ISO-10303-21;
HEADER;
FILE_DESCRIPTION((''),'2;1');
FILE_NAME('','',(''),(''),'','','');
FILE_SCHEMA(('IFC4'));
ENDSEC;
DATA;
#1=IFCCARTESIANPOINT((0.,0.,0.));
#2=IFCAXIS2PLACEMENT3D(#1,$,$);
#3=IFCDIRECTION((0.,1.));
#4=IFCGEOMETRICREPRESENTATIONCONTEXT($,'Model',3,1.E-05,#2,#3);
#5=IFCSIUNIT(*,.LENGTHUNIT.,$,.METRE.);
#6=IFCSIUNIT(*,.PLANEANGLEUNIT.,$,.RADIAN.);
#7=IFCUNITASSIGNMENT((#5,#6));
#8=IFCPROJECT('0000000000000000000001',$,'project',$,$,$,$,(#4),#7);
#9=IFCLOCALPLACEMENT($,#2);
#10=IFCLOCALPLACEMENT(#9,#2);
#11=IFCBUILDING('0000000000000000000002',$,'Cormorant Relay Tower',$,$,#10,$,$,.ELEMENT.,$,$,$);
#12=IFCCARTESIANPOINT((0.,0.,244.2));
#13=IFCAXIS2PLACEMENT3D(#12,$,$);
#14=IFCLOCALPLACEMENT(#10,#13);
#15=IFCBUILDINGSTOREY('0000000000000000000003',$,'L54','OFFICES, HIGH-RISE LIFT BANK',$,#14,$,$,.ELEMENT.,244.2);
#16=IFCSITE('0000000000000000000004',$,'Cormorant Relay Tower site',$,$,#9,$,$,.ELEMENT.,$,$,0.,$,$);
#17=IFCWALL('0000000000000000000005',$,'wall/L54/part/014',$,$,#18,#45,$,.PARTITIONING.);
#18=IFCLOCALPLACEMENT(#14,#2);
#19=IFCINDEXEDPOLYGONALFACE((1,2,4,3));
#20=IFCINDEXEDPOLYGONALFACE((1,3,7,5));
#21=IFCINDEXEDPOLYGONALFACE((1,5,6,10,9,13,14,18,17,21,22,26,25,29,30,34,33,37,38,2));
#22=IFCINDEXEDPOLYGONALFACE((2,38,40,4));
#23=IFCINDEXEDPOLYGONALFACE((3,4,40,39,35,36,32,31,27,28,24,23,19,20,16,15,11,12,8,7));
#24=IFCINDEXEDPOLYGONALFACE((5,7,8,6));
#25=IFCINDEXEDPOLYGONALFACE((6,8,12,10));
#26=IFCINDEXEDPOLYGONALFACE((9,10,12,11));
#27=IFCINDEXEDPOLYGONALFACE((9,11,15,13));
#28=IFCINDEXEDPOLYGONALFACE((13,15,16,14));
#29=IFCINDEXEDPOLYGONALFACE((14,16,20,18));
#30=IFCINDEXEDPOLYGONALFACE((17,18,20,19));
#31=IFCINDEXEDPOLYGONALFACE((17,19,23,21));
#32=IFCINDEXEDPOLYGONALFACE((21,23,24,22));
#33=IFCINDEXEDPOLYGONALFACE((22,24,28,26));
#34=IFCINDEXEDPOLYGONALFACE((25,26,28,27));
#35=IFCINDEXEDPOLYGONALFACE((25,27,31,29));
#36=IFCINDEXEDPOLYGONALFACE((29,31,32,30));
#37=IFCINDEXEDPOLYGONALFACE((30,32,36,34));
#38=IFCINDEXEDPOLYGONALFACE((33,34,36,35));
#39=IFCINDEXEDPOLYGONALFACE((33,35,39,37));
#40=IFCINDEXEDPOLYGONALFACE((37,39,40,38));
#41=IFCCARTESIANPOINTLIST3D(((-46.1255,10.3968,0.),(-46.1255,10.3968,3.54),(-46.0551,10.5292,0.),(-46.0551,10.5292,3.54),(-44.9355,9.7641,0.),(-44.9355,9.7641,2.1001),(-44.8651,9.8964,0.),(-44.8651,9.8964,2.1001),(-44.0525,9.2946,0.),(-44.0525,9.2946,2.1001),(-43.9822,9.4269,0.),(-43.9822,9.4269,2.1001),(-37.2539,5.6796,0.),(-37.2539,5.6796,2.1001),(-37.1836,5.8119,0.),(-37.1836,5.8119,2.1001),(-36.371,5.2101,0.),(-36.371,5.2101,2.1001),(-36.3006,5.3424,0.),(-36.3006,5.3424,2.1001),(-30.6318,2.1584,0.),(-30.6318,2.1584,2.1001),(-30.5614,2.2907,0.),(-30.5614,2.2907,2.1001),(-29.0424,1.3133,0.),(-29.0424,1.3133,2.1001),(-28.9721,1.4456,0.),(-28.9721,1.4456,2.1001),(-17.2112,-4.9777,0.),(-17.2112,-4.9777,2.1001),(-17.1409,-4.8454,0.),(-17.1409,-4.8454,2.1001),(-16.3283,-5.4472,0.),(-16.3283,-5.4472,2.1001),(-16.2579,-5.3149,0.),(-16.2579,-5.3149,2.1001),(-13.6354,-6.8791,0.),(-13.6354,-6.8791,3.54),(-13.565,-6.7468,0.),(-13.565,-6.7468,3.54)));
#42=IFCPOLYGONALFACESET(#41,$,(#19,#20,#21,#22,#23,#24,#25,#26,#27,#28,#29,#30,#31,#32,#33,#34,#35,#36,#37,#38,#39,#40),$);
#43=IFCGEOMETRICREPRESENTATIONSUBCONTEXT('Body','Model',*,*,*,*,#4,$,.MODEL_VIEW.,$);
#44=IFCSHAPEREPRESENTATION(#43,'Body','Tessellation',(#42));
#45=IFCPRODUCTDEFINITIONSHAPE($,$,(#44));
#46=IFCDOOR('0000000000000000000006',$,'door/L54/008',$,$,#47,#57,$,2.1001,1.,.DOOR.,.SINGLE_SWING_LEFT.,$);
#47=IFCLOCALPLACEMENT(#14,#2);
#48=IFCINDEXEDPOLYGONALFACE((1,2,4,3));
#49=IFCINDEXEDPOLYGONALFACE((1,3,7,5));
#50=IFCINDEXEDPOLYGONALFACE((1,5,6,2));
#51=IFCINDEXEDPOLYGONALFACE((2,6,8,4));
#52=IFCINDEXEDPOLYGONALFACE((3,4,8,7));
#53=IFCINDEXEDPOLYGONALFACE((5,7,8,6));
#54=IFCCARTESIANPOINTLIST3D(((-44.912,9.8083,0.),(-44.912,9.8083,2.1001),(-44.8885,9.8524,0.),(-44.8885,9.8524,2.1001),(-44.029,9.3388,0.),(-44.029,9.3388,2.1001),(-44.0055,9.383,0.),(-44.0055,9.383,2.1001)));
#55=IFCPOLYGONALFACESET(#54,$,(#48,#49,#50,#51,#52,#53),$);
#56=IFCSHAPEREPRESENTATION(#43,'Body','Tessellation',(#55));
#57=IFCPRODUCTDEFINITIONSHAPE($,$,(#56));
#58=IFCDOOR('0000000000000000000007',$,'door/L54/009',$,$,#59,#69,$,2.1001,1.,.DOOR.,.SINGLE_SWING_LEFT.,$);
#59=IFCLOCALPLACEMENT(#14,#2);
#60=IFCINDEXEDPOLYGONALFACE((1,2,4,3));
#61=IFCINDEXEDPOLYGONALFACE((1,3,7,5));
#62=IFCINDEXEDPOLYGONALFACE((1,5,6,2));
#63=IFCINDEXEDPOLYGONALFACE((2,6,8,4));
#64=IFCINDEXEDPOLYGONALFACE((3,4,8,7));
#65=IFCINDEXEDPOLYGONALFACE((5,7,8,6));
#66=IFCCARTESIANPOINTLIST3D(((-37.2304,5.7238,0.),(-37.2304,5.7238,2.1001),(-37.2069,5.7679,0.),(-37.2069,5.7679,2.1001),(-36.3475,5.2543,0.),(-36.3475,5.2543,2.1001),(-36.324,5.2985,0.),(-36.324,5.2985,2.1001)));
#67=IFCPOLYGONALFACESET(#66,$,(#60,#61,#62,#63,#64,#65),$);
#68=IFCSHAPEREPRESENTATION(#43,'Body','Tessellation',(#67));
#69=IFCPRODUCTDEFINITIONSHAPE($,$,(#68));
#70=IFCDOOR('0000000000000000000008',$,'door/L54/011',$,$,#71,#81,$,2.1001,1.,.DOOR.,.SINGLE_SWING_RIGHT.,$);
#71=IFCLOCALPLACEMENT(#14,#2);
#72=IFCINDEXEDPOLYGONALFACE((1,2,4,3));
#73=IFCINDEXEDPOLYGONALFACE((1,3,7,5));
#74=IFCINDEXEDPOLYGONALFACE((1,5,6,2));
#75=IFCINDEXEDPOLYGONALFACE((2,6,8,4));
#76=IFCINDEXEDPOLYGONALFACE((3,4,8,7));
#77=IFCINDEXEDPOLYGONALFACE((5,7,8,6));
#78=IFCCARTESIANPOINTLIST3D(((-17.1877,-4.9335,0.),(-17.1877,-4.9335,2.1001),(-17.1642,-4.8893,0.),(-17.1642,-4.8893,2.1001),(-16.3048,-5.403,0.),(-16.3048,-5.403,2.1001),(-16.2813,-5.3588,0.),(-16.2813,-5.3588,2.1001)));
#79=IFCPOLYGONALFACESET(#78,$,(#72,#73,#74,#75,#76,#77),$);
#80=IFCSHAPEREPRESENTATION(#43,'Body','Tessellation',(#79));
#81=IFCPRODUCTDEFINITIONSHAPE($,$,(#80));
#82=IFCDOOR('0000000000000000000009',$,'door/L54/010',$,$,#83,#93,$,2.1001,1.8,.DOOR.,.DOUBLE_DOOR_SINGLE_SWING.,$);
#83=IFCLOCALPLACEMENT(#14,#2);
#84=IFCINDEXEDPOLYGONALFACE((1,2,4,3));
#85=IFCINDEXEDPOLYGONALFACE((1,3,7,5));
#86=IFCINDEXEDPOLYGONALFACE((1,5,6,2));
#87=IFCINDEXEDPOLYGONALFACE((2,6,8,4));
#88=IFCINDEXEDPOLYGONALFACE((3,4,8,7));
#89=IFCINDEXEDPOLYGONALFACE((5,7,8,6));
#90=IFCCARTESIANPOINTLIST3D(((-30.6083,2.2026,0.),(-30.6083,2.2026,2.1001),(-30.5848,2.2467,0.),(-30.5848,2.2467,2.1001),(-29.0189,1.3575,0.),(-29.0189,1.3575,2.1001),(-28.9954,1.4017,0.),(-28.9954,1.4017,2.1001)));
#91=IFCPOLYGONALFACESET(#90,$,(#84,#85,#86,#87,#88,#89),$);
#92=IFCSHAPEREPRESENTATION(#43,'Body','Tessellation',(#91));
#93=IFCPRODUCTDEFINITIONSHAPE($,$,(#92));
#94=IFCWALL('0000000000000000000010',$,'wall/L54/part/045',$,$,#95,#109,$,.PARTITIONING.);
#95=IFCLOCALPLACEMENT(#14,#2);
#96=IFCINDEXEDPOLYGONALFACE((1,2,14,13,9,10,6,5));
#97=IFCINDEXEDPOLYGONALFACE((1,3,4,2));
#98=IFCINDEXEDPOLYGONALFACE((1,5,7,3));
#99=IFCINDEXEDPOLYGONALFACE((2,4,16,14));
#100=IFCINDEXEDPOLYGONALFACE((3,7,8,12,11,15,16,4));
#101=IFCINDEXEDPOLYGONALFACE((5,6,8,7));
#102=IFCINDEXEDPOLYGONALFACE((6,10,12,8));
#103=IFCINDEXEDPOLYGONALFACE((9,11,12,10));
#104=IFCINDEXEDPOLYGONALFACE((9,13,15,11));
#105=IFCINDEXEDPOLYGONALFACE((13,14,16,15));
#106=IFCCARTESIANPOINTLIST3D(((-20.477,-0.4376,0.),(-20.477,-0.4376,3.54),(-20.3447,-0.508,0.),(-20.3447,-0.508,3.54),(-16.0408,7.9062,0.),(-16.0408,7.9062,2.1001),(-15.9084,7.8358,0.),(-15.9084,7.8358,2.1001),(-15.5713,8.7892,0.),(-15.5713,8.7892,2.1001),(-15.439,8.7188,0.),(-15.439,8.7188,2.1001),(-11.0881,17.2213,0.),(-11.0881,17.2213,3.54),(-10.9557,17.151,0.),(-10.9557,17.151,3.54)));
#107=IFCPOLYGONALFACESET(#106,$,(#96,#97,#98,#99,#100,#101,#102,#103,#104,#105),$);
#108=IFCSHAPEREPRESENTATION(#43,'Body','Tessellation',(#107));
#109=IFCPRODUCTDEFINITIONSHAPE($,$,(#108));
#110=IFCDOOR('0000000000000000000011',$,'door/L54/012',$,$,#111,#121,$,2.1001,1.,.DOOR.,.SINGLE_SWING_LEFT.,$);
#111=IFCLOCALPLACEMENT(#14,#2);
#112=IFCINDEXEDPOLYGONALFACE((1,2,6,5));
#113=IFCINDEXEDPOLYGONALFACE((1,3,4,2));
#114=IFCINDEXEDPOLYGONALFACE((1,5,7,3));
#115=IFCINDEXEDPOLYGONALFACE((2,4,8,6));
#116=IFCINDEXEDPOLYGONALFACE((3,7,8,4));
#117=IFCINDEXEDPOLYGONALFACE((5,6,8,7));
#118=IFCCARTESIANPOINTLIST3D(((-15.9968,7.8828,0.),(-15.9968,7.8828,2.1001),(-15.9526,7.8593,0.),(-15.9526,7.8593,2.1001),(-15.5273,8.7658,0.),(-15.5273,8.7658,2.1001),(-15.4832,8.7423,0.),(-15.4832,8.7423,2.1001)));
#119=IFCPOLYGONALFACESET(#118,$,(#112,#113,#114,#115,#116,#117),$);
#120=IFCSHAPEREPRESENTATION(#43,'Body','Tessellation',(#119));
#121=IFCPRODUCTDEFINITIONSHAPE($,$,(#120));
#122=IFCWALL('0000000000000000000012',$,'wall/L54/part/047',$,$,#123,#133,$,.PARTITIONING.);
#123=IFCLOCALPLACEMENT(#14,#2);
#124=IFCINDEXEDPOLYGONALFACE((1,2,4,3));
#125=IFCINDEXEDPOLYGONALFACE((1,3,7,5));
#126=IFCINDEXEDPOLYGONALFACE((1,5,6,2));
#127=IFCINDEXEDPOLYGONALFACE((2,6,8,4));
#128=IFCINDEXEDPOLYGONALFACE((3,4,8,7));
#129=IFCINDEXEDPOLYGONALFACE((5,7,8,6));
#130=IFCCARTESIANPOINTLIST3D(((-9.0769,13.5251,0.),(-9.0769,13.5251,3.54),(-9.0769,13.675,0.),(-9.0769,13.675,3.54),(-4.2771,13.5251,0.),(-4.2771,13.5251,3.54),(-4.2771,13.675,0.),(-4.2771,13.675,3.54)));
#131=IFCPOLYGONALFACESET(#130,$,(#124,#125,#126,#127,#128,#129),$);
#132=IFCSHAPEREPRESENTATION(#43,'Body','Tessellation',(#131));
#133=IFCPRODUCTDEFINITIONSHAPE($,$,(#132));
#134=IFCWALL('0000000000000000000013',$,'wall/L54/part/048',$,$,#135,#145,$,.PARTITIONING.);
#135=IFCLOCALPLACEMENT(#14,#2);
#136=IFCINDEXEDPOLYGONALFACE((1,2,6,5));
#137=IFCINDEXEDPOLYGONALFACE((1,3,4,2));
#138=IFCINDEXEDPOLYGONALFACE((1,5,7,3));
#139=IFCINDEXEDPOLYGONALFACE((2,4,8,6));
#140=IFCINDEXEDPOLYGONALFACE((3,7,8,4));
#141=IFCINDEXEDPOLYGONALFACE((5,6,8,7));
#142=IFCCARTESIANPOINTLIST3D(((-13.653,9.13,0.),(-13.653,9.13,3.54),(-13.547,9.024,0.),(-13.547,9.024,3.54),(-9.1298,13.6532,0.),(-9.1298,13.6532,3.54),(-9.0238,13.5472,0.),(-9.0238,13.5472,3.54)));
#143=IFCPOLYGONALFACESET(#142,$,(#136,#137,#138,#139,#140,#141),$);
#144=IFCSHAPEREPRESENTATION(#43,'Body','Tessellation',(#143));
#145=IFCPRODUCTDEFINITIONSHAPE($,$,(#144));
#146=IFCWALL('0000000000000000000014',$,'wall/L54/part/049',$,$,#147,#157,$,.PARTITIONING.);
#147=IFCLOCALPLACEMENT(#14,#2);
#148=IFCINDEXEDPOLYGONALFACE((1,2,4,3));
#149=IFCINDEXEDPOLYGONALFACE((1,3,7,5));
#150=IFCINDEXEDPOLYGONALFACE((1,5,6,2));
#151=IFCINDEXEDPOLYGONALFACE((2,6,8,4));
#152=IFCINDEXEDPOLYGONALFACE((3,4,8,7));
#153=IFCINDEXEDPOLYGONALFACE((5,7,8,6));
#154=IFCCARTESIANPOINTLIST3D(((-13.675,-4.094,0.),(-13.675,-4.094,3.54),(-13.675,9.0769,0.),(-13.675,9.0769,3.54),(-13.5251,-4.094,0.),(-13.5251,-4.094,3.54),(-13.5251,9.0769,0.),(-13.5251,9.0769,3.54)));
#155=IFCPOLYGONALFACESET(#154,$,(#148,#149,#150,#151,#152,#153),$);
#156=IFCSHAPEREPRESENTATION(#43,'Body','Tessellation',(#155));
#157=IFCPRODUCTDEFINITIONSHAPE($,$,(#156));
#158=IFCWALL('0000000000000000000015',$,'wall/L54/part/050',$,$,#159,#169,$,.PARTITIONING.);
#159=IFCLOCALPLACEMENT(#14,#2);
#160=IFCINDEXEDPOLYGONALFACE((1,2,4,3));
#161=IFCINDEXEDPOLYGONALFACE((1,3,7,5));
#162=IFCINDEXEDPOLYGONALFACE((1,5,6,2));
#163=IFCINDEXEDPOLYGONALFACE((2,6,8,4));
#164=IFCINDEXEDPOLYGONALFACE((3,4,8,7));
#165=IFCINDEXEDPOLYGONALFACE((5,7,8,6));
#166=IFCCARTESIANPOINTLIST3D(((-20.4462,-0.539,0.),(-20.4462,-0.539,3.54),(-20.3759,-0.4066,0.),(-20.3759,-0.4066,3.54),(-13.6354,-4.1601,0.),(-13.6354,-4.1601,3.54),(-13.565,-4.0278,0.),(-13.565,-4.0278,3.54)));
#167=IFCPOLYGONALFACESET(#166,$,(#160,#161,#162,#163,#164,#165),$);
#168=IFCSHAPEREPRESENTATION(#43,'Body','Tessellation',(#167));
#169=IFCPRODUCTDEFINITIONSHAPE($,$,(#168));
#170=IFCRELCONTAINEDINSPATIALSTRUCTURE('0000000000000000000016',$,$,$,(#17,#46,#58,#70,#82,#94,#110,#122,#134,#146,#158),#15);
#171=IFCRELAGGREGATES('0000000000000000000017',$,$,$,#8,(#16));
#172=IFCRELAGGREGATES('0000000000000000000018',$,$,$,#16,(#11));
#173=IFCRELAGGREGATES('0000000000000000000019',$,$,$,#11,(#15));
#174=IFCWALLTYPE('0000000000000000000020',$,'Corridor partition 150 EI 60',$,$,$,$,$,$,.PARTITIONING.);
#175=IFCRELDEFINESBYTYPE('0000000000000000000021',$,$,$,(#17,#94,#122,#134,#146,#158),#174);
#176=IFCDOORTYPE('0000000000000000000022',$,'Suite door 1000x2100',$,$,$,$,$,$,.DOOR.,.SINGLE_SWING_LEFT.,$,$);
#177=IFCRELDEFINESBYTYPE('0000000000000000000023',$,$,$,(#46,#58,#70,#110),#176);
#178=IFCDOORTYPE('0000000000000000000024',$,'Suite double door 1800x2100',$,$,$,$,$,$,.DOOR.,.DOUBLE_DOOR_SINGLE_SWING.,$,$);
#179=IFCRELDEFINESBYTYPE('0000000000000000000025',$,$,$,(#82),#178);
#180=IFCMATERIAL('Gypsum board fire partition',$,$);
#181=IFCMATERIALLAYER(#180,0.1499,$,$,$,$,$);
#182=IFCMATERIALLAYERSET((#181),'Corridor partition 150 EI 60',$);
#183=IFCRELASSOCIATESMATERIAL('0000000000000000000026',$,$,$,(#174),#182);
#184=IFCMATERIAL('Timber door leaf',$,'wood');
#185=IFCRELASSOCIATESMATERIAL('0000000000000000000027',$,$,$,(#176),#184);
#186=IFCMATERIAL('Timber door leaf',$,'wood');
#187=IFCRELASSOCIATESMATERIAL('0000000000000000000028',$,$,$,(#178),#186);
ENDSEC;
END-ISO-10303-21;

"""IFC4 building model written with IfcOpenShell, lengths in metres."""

from ifc_helpers import new_model, si_unit, direction, frame, frame_2d, origin, place, context, subcontext, project, spatial, rectangle, extrude, material, layer, layer_set, type_object, element, fill, save


model = new_model("IFC4")

# Units and contexts
model_context = context("Model", 3, precision=1e-05, world=origin(), true_north=direction((0.0, 1.0)))
body_context = subcontext(model_context, "Body", "Model", "MODEL_VIEW")
ifc_project = project(units=[si_unit("LENGTHUNIT", "METRE"), si_unit("PLANEANGLEUNIT", "RADIAN")], contexts=[model_context])

# Site, building, storey
site_placement = place(None, origin())
site = spatial("IfcSite", under=ifc_project, at=site_placement, Name="Cormorant Relay Tower site", CompositionType="ELEMENT", RefElevation=0.0)
building_placement = place(site_placement, origin())
building = spatial("IfcBuilding", under=site, at=building_placement, Name="Cormorant Relay Tower", CompositionType="ELEMENT")
storey_placement = place(building_placement, frame((0.0, 0.0, 244.2)))
storey = spatial("IfcBuildingStorey", under=building, at=storey_placement, Name="L54", Description="OFFICES, HIGH-RISE LIFT BANK", CompositionType="ELEMENT", Elevation=244.2)

# Wall, openings, doors
ifc_material_1 = material(Name="Gypsum board fire partition")
ifc_layer_1 = layer(ifc_material_1, 0.1499)
ifc_layer_set_1 = layer_set([ifc_layer_1], Name="Corridor partition 150 EI 60")
wall_type_1 = type_object("IfcWallType", Name="Corridor partition 150 EI 60", PredefinedType="PARTITIONING", material=ifc_layer_set_1)
wall_1_placement = place(storey_placement, frame((-13.6001, -6.813, 0.0), z_axis=(0.0, 0.0, 1.0), x_axis=(-0.88294, 0.469485, 0.0)))
wall_1 = element("IfcWall", 1, at=wall_1_placement, inside=storey, type_object=wall_type_1, Name="wall/L54/part/014", PredefinedType="PARTITIONING", context=body_context, shape_type="SweptSolid", body=[
    extrude(rectangle(XDim=36.7976, YDim=0.1499, at=frame_2d((18.3989, 0.0))), origin(), (0.0, 0.0, 1.0), 3.54),
])
opening_1_placement = place(wall_1_placement, frame((34.45, 0.0, 0.0)))
opening_1 = element("IfcOpeningElement", 2, at=opening_1_placement, cuts=wall_1, PredefinedType="OPENING", context=body_context, shape_type="SweptSolid", body=[
    extrude(rectangle(XDim=1.0, YDim=2.1001, at=frame_2d((0.5, 1.05))), frame((0.0, 0.085, 0.0), z_axis=(0.0, -1.0, 0.0), x_axis=(1.0, 0.0, 0.0)), (0.0, 0.0, 1.0), 0.1699),
])
opening_2_placement = place(wall_1_placement, frame((25.75, 0.0, 0.0)))
opening_2 = element("IfcOpeningElement", 3, at=opening_2_placement, cuts=wall_1, PredefinedType="OPENING", context=body_context, shape_type="SweptSolid", body=[
    extrude(rectangle(XDim=1.0, YDim=2.1001, at=frame_2d((0.5, 1.05))), frame((0.0, 0.085, 0.0), z_axis=(0.0, -1.0, 0.0), x_axis=(1.0, 0.0, 0.0)), (0.0, 0.0, 1.0), 0.1699),
])
opening_3_placement = place(wall_1_placement, frame((17.45, 0.0, 0.0)))
opening_3 = element("IfcOpeningElement", 4, at=opening_3_placement, cuts=wall_1, PredefinedType="OPENING", context=body_context, shape_type="SweptSolid", body=[
    extrude(rectangle(XDim=1.8, YDim=2.1001, at=frame_2d((0.8999, 1.05))), frame((0.0, 0.085, 0.0), z_axis=(0.0, -1.0, 0.0), x_axis=(1.0, 0.0, 0.0)), (0.0, 0.0, 1.0), 0.1699),
])
opening_4_placement = place(wall_1_placement, frame((3.05, 0.0, 0.0)))
opening_4 = element("IfcOpeningElement", 5, at=opening_4_placement, cuts=wall_1, PredefinedType="OPENING", context=body_context, shape_type="SweptSolid", body=[
    extrude(rectangle(XDim=1.0, YDim=2.1001, at=frame_2d((0.5, 1.05))), frame((0.0, 0.085, 0.0), z_axis=(0.0, -1.0, 0.0), x_axis=(1.0, 0.0, 0.0)), (0.0, 0.0, 1.0), 0.1699),
])
ifc_material_2 = material(Name="Timber door leaf", Category="wood")
door_type_1 = type_object("IfcDoorType", Name="Suite door 1000x2100", OperationType="SINGLE_SWING_LEFT", PredefinedType="DOOR", material=ifc_material_2)
door_1_placement = place(opening_1_placement, origin())
door_1 = element("IfcDoor", 6, at=door_1_placement, inside=storey, type_object=door_type_1, Name="door/L54/008", OperationType="SINGLE_SWING_LEFT", OverallHeight=2.1001, OverallWidth=1.0, PredefinedType="DOOR", context=body_context, shape_type="SweptSolid", body=[
    extrude(rectangle(XDim=1.0, YDim=2.1001, at=frame_2d((0.5, 1.05))), frame((0.0, 0.0249, 0.0), z_axis=(0.0, -1.0, 0.0), x_axis=(1.0, 0.0, 0.0)), (0.0, 0.0, 1.0), 0.05),
])
fill(opening_1, door_1)
door_2_placement = place(opening_2_placement, origin())
door_2 = element("IfcDoor", 7, at=door_2_placement, inside=storey, type_object=door_type_1, Name="door/L54/009", OperationType="SINGLE_SWING_LEFT", OverallHeight=2.1001, OverallWidth=1.0, PredefinedType="DOOR", context=body_context, shape_type="SweptSolid", body=[
    extrude(rectangle(XDim=1.0, YDim=2.1001, at=frame_2d((0.5, 1.05))), frame((0.0, 0.0249, 0.0), z_axis=(0.0, -1.0, 0.0), x_axis=(1.0, 0.0, 0.0)), (0.0, 0.0, 1.0), 0.05),
])
fill(opening_2, door_2)
door_3_placement = place(opening_4_placement, origin())
door_3 = element("IfcDoor", 8, at=door_3_placement, inside=storey, type_object=door_type_1, Name="door/L54/011", OperationType="SINGLE_SWING_RIGHT", OverallHeight=2.1001, OverallWidth=1.0, PredefinedType="DOOR", context=body_context, shape_type="SweptSolid", body=[
    extrude(rectangle(XDim=1.0, YDim=2.1001, at=frame_2d((0.5, 1.05))), frame((0.0, 0.0249, 0.0), z_axis=(0.0, -1.0, 0.0), x_axis=(1.0, 0.0, 0.0)), (0.0, 0.0, 1.0), 0.05),
])
fill(opening_4, door_3)
ifc_material_3 = material(Name="Timber door leaf", Category="wood")
door_type_2 = type_object("IfcDoorType", Name="Suite double door 1800x2100", OperationType="DOUBLE_DOOR_SINGLE_SWING", PredefinedType="DOOR", material=ifc_material_3)
door_4_placement = place(opening_3_placement, origin())
door_4 = element("IfcDoor", 9, at=door_4_placement, inside=storey, type_object=door_type_2, Name="door/L54/010", OperationType="DOUBLE_DOOR_SINGLE_SWING", OverallHeight=2.1001, OverallWidth=1.8, PredefinedType="DOOR", context=body_context, shape_type="SweptSolid", body=[
    extrude(rectangle(XDim=1.8, YDim=2.1001, at=frame_2d((0.8999, 1.05))), frame((0.0, 0.0249, 0.0), z_axis=(0.0, -1.0, 0.0), x_axis=(1.0, 0.0, 0.0)), (0.0, 0.0, 1.0), 0.05),
])
fill(opening_3, door_4)

# Wall, opening, door
wall_2_placement = place(storey_placement, frame((-20.4109, -0.4729, 0.0), z_axis=(0.0, 0.0, 1.0), x_axis=(0.469452, 0.882958, 0.0)))
wall_2 = element("IfcWall", 10, at=wall_2_placement, inside=storey, type_object=wall_type_1, Name="wall/L54/part/045", PredefinedType="PARTITIONING", context=body_context, shape_type="SweptSolid", body=[
    extrude(rectangle(XDim=19.9998, YDim=0.1499, at=frame_2d((10.0, 0.0))), origin(), (0.0, 0.0, 1.0), 3.54),
])
opening_5_placement = place(wall_2_placement, frame((9.45, 0.0, 0.0)))
opening_5 = element("IfcOpeningElement", 11, at=opening_5_placement, cuts=wall_2, PredefinedType="OPENING", context=body_context, shape_type="SweptSolid", body=[
    extrude(rectangle(XDim=1.0, YDim=2.1001, at=frame_2d((0.5, 1.05))), frame((0.0, 0.085, 0.0), z_axis=(0.0, -1.0, 0.0), x_axis=(1.0, 0.0, 0.0)), (0.0, 0.0, 1.0), 0.1699),
])
door_5_placement = place(opening_5_placement, frame((1.0, 0.0, 0.0), z_axis=(0.0, 0.0, 1.0), x_axis=(-1.0, 0.0, 0.0)))
door_5 = element("IfcDoor", 12, at=door_5_placement, inside=storey, type_object=door_type_1, Name="door/L54/012", OperationType="SINGLE_SWING_LEFT", OverallHeight=2.1001, OverallWidth=1.0, PredefinedType="DOOR", context=body_context, shape_type="SweptSolid", body=[
    extrude(rectangle(XDim=1.0, YDim=2.1001, at=frame_2d((0.5, 1.05))), frame((0.0, 0.0249, 0.0), z_axis=(0.0, -1.0, 0.0), x_axis=(1.0, 0.0, 0.0)), (0.0, 0.0, 1.0), 0.05),
])
fill(opening_5, door_5)

# Walls
wall_3_placement = place(storey_placement, frame((-4.2771, 13.6001, 0.0), z_axis=(0.0, 0.0, 1.0), x_axis=(-1.0, 0.0, 0.0)))
element("IfcWall", 13, at=wall_3_placement, inside=storey, type_object=wall_type_1, Name="wall/L54/part/047", PredefinedType="PARTITIONING", context=body_context, shape_type="SweptSolid", body=[
    extrude(rectangle(XDim=4.7998, YDim=0.1499, at=frame_2d((2.3999, 0.0))), origin(), (0.0, 0.0, 1.0), 3.54),
])
wall_4_placement = place(storey_placement, frame((-9.0769, 13.6001, 0.0), z_axis=(0.0, 0.0, 1.0), x_axis=(-0.707107, -0.707107, 0.0)))
element("IfcWall", 14, at=wall_4_placement, inside=storey, type_object=wall_type_1, Name="wall/L54/part/048", PredefinedType="PARTITIONING", context=body_context, shape_type="SweptSolid", body=[
    extrude(rectangle(XDim=6.3967, YDim=0.1499, at=frame_2d((3.1982, 0.0))), origin(), (0.0, 0.0, 1.0), 3.54),
])
wall_5_placement = place(storey_placement, frame((-13.6001, 9.0769, 0.0), z_axis=(0.0, 0.0, 1.0), x_axis=(0.0, -1.0, 0.0)))
element("IfcWall", 15, at=wall_5_placement, inside=storey, type_object=wall_type_1, Name="wall/L54/part/049", PredefinedType="PARTITIONING", context=body_context, shape_type="SweptSolid", body=[
    extrude(rectangle(XDim=13.1709, YDim=0.1499, at=frame_2d((6.5854, 0.0))), origin(), (0.0, 0.0, 1.0), 3.54),
])
wall_6_placement = place(storey_placement, frame((-13.6001, -4.094, 0.0), z_axis=(0.0, 0.0, 1.0), x_axis=(-0.882962, 0.469444, 0.0)))
element("IfcWall", 16, at=wall_6_placement, inside=storey, type_object=wall_type_1, Name="wall/L54/part/050", PredefinedType="PARTITIONING", context=body_context, shape_type="SweptSolid", body=[
    extrude(rectangle(XDim=7.7136, YDim=0.1499, at=frame_2d((3.8569, 0.0))), origin(), (0.0, 0.0, 1.0), 3.54),
])

save(model, "model.ifc")
